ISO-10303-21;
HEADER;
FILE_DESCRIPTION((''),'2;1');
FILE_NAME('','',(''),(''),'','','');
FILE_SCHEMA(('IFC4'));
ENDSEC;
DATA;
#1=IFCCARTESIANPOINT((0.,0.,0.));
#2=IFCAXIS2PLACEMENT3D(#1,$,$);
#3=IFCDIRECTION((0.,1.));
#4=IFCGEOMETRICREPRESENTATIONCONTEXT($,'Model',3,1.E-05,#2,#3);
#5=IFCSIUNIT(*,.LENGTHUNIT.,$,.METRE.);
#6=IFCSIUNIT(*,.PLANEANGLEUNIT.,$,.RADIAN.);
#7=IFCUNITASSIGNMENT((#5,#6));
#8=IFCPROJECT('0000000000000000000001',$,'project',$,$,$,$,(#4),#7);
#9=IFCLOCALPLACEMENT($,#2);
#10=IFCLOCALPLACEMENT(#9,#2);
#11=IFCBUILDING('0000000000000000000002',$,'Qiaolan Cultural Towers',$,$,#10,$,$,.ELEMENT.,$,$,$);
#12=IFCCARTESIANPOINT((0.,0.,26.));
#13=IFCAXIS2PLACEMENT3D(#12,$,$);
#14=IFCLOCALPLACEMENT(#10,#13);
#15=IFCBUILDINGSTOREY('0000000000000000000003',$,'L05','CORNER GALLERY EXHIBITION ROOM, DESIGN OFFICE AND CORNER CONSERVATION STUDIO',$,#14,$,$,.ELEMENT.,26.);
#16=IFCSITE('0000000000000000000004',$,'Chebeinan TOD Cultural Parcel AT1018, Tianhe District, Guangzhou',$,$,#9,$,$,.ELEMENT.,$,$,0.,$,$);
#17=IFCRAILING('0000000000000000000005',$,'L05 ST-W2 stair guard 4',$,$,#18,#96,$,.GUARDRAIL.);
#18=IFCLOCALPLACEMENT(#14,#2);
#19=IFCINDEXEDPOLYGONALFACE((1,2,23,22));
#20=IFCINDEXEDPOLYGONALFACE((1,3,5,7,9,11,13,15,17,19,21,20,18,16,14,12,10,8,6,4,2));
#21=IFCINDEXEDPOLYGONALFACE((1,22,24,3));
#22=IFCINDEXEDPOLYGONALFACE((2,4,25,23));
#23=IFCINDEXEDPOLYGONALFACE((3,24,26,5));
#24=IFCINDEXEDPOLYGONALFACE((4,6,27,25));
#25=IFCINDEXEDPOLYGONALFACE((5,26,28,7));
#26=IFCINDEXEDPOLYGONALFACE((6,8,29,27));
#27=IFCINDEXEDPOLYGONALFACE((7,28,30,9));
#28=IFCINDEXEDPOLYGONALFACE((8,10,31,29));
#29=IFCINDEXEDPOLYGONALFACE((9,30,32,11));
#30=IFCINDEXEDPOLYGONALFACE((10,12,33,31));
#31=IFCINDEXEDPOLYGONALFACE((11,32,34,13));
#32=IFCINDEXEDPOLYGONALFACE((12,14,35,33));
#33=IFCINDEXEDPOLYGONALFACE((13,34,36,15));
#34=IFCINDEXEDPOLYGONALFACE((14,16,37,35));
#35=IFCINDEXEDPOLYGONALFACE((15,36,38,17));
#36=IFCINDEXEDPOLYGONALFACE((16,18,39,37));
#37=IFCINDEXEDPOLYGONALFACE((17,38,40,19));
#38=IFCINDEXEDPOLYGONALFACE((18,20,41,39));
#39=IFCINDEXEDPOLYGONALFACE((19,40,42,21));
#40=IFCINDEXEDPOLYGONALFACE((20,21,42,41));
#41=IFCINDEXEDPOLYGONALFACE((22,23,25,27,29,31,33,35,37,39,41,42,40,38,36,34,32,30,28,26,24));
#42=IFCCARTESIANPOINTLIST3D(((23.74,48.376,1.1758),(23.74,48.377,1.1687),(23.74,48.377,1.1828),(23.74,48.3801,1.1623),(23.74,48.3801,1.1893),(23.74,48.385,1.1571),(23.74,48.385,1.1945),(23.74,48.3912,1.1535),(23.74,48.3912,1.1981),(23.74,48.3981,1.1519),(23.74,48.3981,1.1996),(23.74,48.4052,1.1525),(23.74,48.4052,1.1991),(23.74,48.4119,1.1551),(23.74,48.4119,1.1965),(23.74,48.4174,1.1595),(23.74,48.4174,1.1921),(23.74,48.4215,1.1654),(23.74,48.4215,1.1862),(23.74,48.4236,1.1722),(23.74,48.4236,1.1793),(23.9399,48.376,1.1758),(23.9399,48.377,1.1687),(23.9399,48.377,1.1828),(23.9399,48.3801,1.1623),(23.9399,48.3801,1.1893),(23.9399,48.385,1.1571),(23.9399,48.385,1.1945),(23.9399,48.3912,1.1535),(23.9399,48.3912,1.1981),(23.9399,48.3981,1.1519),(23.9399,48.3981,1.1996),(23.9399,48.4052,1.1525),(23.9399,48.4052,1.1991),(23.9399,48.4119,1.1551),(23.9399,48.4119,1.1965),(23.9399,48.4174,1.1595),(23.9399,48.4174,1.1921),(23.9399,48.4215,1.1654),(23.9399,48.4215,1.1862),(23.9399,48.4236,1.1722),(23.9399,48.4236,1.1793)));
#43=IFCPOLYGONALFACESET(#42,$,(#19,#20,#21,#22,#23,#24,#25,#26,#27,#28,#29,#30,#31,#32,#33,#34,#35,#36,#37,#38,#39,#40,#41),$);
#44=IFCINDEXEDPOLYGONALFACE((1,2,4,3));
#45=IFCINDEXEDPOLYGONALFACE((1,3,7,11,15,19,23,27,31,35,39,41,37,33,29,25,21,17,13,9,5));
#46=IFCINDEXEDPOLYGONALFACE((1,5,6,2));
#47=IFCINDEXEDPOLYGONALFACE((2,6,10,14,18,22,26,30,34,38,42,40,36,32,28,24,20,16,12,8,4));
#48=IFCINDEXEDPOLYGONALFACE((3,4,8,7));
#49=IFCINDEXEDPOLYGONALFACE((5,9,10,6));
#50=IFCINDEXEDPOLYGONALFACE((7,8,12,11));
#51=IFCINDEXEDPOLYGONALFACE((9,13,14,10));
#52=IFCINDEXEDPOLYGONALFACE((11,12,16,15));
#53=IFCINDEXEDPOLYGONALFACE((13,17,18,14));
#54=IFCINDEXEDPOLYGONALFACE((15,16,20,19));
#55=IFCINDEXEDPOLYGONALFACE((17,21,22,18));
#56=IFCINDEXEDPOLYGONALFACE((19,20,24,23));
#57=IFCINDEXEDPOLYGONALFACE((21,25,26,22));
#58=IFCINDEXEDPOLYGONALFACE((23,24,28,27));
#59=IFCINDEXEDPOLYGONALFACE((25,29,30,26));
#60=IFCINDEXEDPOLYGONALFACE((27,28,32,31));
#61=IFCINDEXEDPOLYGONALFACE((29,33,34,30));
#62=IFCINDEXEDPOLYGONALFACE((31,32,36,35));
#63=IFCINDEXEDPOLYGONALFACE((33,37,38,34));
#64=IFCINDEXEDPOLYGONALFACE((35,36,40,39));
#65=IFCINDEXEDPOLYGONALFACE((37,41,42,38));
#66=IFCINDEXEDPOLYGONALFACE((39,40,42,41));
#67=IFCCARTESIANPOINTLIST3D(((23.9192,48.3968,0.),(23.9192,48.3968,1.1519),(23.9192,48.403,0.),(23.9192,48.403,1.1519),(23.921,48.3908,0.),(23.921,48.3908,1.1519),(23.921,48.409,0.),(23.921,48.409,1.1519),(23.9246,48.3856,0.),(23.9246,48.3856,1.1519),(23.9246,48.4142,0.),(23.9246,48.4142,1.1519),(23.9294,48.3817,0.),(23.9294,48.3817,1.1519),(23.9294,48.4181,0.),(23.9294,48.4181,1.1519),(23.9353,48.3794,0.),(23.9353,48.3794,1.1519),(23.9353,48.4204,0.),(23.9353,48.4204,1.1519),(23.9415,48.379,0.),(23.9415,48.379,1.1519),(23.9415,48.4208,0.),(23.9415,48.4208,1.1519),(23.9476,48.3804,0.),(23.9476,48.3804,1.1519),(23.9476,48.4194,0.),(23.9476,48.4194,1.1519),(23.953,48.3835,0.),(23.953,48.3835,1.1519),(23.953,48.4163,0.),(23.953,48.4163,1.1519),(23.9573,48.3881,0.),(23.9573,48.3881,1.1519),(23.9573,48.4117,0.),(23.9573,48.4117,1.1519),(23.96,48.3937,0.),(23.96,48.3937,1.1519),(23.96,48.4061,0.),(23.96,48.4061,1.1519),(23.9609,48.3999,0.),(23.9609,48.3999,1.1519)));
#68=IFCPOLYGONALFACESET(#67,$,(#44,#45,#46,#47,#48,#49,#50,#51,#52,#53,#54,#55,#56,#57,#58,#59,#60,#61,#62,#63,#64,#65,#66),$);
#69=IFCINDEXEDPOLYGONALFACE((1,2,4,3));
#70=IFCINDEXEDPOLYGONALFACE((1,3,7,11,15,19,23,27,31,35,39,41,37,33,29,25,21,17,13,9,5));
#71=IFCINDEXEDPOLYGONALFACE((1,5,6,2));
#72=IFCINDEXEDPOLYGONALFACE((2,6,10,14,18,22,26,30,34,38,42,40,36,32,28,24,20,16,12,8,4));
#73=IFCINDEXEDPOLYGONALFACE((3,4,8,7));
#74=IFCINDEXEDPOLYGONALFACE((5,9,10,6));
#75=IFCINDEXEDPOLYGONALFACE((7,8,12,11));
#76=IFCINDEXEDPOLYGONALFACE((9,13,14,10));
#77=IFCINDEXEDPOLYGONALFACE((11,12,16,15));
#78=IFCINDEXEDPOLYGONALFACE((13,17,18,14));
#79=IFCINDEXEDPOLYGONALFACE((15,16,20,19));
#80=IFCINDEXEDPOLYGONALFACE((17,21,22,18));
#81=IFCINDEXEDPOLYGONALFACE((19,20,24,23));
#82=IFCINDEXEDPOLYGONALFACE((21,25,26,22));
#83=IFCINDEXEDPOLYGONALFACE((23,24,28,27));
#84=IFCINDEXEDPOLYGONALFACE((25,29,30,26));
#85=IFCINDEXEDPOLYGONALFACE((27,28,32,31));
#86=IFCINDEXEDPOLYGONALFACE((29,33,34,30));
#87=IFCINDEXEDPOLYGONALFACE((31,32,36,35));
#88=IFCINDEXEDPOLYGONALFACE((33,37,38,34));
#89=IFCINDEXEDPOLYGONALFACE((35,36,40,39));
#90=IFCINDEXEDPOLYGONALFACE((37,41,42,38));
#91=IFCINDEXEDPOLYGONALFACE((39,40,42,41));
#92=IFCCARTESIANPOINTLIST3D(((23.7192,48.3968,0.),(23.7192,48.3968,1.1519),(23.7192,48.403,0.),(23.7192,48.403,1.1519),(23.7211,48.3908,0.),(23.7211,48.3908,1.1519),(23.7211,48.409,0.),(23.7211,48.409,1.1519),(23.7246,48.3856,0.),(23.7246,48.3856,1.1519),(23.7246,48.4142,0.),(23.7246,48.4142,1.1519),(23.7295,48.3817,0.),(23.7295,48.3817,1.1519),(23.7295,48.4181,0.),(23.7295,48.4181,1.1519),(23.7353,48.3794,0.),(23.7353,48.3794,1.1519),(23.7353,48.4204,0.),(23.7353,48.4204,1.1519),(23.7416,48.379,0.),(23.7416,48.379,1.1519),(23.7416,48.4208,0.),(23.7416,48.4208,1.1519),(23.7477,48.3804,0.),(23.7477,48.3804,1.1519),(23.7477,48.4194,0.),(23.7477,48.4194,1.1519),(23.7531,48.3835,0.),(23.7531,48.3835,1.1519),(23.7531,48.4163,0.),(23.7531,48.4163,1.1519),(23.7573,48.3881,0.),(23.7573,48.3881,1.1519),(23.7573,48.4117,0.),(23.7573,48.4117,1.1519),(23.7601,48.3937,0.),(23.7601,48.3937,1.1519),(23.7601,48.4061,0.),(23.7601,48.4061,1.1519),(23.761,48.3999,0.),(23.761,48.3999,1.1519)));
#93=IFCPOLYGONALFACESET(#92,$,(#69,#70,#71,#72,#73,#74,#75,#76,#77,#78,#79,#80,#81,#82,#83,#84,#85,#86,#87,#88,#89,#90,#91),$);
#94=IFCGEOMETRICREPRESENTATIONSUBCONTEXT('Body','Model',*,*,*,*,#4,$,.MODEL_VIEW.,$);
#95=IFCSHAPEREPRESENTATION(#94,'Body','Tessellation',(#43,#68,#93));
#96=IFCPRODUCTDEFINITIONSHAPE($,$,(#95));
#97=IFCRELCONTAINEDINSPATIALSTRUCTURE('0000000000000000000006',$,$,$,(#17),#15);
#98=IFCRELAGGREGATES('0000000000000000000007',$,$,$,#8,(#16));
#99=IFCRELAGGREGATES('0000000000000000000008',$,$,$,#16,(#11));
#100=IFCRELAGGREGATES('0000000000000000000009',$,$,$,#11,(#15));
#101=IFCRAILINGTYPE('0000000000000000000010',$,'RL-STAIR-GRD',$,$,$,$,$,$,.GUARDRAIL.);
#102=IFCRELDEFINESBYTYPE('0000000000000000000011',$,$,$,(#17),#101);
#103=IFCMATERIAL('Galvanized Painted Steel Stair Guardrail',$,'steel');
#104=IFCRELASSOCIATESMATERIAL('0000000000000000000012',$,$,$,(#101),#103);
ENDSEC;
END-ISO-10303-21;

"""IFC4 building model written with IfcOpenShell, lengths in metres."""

from ifc_helpers import new_model, si_unit, direction, frame, origin, origin_2d, place, context, subcontext, project, spatial, circle, extrude, material, type_object, element, save


model = new_model("IFC4")

# Units and contexts
model_context = context("Model", 3, precision=1e-05, world=origin(), true_north=direction((0.0, 1.0)))
body_context = subcontext(model_context, "Body", "Model", "MODEL_VIEW")
ifc_project = project(units=[si_unit("LENGTHUNIT", "METRE"), si_unit("PLANEANGLEUNIT", "RADIAN")], contexts=[model_context])

# Site, building, storey
site_placement = place(None, origin())
site = spatial("IfcSite", under=ifc_project, at=site_placement, Name="Chebeinan TOD Cultural Parcel AT1018, Tianhe District, Guangzhou", CompositionType="ELEMENT", RefElevation=0.0)
building_placement = place(site_placement, origin())
building = spatial("IfcBuilding", under=site, at=building_placement, Name="Qiaolan Cultural Towers", CompositionType="ELEMENT")
storey_placement = place(building_placement, frame((0.0, 0.0, 26.0)))
storey = spatial("IfcBuildingStorey", under=building, at=storey_placement, Name="L05", Description="CORNER GALLERY EXHIBITION ROOM, DESIGN OFFICE AND CORNER CONSERVATION STUDIO", CompositionType="ELEMENT", Elevation=26.0)

# Railing
ifc_material_1 = material(Name="Galvanized Painted Steel Stair Guardrail", Category="steel")
railing_type_1 = type_object("IfcRailingType", Name="RL-STAIR-GRD", PredefinedType="GUARDRAIL", material=ifc_material_1)
railing_1_placement = place(storey_placement, frame((23.9399, 48.3999, 0.0)))
element("IfcRailing", 1, at=railing_1_placement, inside=storey, type_object=railing_type_1, Name="L05 ST-W2 stair guard 4", PredefinedType="GUARDRAIL", context=body_context, shape_type="SweptSolid", body=[
    extrude(circle(Radius=0.0239, at=origin_2d()), frame((0.0, 0.0, 1.1758), z_axis=(-1.0, 0.0, 0.0), x_axis=(0.0, -1.0, 0.0)), (0.0, 0.0, 1.0), 0.2),
    extrude(circle(Radius=0.021, at=origin_2d()), origin(), (0.0, 0.0, 1.0), 1.1519),
    extrude(circle(Radius=0.021, at=origin_2d()), frame((-0.2, 0.0, 0.0)), (0.0, 0.0, 1.0), 1.1519),
])

save(model, "model.ifc")
